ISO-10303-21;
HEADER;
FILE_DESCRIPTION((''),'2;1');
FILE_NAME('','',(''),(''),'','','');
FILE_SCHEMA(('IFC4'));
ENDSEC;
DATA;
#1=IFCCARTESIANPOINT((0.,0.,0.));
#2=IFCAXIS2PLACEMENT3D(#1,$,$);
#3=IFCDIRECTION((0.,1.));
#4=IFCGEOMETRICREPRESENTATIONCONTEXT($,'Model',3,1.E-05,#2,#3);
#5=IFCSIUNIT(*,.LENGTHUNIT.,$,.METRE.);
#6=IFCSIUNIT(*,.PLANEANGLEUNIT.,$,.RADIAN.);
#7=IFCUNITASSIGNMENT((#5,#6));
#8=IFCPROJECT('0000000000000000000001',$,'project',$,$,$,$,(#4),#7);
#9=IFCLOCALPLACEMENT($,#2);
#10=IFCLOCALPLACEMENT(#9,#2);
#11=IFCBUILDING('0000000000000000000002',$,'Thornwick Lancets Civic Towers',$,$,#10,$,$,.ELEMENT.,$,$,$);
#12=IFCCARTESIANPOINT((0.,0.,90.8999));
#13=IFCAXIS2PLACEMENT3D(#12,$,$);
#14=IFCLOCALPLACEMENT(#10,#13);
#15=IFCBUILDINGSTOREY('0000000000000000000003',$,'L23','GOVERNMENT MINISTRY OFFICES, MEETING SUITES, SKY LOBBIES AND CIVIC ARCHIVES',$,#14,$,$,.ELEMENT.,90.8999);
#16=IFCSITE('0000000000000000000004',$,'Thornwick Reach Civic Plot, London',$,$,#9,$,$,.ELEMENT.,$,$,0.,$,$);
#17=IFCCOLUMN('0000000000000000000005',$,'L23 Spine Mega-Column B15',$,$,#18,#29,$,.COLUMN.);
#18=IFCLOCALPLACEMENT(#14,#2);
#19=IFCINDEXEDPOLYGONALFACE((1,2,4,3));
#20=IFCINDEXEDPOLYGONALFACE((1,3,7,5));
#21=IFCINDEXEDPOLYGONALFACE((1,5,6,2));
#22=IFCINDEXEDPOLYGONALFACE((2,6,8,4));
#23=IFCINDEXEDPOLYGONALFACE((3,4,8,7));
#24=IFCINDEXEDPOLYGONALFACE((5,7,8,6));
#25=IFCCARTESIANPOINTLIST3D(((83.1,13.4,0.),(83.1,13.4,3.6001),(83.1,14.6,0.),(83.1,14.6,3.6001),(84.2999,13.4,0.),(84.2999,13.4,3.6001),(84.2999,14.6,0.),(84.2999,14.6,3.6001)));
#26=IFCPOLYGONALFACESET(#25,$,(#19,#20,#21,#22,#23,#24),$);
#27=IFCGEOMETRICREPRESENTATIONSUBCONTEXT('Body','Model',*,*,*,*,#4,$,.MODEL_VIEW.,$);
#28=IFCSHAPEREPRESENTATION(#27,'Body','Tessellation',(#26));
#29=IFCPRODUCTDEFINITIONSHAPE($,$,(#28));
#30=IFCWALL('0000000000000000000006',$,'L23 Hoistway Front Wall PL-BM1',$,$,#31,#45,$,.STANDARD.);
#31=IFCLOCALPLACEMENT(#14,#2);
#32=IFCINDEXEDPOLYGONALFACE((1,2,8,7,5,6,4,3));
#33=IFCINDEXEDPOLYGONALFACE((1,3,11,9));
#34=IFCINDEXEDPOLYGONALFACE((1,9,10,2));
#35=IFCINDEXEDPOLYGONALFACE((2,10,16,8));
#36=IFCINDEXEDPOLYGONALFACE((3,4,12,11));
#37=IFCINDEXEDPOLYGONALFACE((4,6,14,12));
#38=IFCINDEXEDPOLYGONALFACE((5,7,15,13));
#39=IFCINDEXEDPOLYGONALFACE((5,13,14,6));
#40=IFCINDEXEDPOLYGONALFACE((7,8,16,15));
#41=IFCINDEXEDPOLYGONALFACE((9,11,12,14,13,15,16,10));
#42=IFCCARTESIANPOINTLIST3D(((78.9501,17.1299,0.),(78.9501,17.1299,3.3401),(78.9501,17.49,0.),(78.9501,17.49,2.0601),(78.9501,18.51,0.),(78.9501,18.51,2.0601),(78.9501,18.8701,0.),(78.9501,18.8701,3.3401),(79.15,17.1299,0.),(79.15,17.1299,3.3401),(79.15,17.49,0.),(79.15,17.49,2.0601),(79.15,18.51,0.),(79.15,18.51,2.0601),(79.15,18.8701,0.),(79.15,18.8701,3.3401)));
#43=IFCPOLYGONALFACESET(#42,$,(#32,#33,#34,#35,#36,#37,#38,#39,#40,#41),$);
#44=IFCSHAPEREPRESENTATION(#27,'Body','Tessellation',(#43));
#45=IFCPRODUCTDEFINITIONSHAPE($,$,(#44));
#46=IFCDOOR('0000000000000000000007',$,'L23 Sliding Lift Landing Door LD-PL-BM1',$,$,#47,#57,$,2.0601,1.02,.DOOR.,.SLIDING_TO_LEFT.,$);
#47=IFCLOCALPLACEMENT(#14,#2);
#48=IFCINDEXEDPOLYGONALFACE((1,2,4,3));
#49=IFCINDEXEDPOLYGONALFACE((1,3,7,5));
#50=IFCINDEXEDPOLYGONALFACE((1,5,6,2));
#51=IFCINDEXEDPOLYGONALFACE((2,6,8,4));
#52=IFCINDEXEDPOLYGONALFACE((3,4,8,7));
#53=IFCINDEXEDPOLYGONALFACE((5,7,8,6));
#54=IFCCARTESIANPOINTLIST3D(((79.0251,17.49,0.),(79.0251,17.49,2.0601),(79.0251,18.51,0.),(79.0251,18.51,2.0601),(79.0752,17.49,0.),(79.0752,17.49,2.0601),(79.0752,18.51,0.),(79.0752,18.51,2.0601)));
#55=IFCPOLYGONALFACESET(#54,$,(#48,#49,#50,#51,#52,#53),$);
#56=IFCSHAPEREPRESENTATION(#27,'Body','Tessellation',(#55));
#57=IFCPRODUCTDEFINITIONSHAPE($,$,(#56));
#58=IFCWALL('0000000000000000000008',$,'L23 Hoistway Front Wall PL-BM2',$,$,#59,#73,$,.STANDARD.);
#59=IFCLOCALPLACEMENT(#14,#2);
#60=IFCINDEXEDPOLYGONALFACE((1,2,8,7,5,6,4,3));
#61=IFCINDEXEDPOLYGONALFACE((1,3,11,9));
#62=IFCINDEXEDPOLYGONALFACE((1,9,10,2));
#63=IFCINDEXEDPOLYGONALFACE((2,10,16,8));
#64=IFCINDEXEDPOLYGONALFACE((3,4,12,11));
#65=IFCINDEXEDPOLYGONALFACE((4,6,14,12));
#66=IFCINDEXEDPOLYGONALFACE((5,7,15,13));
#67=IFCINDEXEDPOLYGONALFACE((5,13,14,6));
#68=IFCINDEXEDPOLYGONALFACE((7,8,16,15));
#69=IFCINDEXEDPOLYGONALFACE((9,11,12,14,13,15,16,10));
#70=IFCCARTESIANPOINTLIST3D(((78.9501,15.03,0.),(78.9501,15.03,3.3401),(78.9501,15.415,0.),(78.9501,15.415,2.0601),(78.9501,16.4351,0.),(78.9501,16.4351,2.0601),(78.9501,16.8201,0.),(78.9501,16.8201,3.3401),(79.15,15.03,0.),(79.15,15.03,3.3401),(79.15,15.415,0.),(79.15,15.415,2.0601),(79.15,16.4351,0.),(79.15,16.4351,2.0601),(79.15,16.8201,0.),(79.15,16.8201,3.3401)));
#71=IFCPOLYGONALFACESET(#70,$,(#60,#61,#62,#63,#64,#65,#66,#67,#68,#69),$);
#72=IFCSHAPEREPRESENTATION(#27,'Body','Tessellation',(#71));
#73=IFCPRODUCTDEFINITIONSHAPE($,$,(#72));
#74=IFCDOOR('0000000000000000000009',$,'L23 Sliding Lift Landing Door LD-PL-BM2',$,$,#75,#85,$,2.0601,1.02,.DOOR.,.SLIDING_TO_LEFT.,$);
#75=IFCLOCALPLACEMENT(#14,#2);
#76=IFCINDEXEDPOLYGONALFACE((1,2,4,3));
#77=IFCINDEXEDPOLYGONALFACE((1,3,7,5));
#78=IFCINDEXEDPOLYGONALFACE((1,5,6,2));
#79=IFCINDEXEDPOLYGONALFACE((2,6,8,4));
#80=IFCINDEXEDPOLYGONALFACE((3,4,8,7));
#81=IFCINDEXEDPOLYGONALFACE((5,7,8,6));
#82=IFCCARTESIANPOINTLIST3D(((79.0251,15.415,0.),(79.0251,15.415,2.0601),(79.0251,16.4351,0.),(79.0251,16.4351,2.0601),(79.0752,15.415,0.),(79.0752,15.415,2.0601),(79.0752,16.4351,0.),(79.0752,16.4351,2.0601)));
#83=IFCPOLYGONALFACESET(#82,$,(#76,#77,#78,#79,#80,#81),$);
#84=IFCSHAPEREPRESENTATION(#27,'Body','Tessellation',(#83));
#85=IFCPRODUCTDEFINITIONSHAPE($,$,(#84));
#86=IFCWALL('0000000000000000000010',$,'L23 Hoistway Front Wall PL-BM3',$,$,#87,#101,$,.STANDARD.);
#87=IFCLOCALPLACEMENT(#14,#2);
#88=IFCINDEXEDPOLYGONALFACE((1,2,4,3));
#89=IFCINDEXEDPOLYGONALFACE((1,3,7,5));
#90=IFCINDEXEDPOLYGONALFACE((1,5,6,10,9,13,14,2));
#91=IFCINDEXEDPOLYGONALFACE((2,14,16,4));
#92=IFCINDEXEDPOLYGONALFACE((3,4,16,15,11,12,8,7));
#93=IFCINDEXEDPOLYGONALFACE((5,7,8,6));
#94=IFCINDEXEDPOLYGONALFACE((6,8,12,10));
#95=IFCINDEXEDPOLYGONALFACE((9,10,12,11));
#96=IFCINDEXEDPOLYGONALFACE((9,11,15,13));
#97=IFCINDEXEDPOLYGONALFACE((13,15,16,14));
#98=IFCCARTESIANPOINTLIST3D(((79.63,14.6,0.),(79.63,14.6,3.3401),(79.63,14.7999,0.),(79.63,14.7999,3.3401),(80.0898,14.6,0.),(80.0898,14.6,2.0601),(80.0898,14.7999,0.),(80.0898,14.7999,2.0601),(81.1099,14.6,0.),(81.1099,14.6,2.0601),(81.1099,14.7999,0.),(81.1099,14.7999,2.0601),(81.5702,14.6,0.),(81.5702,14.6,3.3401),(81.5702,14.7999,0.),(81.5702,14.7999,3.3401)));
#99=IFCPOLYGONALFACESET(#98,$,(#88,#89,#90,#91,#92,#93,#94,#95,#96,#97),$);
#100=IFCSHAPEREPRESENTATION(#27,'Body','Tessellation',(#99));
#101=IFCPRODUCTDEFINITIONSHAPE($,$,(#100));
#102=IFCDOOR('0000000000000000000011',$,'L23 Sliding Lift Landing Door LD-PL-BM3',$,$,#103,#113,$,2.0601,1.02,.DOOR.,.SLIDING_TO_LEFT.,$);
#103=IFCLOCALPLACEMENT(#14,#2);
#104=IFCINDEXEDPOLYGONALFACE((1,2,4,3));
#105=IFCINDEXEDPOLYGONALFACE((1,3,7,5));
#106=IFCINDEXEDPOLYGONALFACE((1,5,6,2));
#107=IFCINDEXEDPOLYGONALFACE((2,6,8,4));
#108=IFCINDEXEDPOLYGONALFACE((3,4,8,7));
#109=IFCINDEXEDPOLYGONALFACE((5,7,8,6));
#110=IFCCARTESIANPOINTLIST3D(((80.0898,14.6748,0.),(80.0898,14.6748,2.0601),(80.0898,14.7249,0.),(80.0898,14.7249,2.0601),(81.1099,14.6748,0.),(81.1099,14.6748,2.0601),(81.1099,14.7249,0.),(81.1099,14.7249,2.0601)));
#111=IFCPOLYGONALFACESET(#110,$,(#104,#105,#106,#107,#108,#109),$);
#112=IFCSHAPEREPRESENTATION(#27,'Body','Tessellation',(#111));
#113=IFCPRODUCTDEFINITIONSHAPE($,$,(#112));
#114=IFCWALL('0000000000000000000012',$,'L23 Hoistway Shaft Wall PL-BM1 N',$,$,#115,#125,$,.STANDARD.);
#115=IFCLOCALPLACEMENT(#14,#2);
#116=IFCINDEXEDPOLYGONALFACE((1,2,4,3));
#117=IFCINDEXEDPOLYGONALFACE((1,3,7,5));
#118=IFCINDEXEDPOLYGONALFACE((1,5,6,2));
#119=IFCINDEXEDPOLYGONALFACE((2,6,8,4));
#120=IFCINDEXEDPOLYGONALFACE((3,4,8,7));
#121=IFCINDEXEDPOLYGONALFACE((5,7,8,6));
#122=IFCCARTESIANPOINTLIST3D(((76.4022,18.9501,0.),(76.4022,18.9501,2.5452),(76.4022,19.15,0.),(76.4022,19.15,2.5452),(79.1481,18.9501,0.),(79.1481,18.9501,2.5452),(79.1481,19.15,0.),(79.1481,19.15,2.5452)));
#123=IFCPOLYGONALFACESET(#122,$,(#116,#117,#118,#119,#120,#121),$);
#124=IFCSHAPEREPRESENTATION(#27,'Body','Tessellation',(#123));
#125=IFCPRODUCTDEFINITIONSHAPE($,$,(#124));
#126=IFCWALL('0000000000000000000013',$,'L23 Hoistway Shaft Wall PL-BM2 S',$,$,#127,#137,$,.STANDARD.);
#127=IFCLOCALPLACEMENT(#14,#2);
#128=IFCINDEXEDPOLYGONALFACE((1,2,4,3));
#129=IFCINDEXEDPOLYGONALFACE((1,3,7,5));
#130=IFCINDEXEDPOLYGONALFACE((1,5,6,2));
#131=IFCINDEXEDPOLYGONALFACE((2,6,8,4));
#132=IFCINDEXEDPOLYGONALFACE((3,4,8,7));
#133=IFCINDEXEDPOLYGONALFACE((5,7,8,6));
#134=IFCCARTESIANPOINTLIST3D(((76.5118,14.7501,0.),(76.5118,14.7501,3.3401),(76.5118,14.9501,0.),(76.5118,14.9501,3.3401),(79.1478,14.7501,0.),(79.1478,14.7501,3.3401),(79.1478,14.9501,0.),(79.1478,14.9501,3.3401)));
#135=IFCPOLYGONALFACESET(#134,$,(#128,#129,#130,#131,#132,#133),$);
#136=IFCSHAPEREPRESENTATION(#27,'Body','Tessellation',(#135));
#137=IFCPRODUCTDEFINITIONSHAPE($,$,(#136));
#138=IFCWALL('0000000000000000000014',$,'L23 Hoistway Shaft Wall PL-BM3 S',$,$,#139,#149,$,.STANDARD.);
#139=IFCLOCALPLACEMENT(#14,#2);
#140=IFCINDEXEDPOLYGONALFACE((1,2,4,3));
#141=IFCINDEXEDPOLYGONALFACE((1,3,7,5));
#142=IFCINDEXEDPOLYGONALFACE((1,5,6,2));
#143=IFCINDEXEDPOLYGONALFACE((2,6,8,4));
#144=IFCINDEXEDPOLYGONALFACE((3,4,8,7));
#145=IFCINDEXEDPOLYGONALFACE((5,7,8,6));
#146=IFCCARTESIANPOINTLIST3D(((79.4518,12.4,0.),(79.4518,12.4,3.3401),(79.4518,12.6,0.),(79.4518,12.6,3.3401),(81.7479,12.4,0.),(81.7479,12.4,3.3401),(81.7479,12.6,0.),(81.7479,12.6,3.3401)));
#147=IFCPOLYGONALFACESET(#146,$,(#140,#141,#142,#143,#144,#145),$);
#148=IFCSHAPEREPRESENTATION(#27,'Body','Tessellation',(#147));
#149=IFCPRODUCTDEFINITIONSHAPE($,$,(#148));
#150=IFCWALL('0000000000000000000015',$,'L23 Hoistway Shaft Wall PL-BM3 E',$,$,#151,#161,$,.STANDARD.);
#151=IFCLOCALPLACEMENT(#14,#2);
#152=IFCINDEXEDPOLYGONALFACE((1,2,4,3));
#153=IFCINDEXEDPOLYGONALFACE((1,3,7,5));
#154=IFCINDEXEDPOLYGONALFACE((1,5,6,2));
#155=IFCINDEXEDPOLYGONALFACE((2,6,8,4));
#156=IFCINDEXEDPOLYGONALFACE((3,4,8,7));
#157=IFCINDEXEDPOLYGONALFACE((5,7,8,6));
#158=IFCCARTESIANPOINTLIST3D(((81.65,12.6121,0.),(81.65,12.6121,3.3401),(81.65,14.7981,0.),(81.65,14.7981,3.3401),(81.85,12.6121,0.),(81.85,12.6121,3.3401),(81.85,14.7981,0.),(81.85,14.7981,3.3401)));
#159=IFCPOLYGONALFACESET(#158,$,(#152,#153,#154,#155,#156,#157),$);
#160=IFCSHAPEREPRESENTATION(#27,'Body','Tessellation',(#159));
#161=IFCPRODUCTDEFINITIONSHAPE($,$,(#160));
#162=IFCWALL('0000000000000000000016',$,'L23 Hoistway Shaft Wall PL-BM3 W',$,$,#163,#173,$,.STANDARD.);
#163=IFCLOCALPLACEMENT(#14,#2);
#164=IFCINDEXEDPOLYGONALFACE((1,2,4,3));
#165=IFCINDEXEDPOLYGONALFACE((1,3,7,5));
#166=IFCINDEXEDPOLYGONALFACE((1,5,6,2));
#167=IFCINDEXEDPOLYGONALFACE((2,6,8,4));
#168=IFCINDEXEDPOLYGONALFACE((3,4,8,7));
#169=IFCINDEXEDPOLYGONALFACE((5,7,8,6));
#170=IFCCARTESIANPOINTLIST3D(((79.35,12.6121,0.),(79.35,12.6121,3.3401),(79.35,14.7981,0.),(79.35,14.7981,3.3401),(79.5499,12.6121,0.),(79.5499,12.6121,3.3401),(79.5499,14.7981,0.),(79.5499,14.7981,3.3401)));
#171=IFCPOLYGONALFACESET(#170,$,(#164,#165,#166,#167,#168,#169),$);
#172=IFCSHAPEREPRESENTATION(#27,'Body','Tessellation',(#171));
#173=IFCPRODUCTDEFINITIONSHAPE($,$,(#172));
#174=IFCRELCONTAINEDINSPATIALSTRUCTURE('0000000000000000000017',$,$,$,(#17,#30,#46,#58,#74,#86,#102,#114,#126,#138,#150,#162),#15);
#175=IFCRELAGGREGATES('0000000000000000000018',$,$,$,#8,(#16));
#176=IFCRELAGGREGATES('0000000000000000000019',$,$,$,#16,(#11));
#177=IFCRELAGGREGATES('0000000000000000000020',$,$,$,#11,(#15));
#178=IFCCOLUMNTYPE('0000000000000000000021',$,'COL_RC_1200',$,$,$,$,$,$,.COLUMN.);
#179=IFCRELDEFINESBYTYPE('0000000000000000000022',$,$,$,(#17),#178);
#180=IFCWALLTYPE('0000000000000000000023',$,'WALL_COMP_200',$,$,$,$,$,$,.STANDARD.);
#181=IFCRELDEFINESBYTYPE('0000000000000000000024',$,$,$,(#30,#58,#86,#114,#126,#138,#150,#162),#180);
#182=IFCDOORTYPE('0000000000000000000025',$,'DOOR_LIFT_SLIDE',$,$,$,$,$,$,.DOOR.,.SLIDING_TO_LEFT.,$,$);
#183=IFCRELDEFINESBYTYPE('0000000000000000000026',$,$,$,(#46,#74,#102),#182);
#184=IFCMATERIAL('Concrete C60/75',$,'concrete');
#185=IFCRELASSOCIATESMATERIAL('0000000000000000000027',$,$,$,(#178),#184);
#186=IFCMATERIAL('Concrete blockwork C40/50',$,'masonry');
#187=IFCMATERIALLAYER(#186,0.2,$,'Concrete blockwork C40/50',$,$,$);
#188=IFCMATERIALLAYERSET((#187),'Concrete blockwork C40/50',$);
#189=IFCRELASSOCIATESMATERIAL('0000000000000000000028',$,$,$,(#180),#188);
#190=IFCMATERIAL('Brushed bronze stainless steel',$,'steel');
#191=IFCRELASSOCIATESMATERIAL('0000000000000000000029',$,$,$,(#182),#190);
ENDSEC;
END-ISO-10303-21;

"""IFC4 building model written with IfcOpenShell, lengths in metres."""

from ifc_helpers import new_model, si_unit, direction, frame, frame_2d, origin, origin_2d, place, context, subcontext, project, spatial, rectangle, extrude, material, layer, layer_set, material_profile, profile_set, type_object, element, fill, save


model = new_model("IFC4")

# Units and contexts
model_context = context("Model", 3, precision=1e-05, world=origin(), true_north=direction((0.0, 1.0)))
body_context = subcontext(model_context, "Body", "Model", "MODEL_VIEW")
ifc_project = project(units=[si_unit("LENGTHUNIT", "METRE"), si_unit("PLANEANGLEUNIT", "RADIAN")], contexts=[model_context])

# Site, building, storey
site_placement = place(None, origin())
site = spatial("IfcSite", under=ifc_project, at=site_placement, Name="Thornwick Reach Civic Plot, London", CompositionType="ELEMENT", RefElevation=0.0)
building_placement = place(site_placement, origin())
building = spatial("IfcBuilding", under=site, at=building_placement, Name="Thornwick Lancets Civic Towers", CompositionType="ELEMENT")
storey_placement = place(building_placement, frame((0.0, 0.0, 90.8999)))
storey = spatial("IfcBuildingStorey", under=building, at=storey_placement, Name="L23", Description="GOVERNMENT MINISTRY OFFICES, MEETING SUITES, SKY LOBBIES AND CIVIC ARCHIVES", CompositionType="ELEMENT", Elevation=90.8999)

# Column
ifc_material_1 = material(Name="Concrete C60/75", Category="concrete")
ifc_material_profile = material_profile(ifc_material_1, rectangle(XDim=1.2, YDim=1.2, at=origin_2d()), Name="RC 1200x1200")
ifc_profile_set = profile_set([ifc_material_profile], Name="Concrete C60/75")
column_type = type_object("IfcColumnType", Name="COL_RC_1200", PredefinedType="COLUMN", material=ifc_profile_set)
column_placement = place(storey_placement, frame((83.7, 14.0, 0.0), z_axis=(0.0, 0.0, 1.0), x_axis=(1.0, 0.0, 0.0)))
element("IfcColumn", 1, at=column_placement, inside=storey, type_object=column_type, Name="L23 Spine Mega-Column B15", PredefinedType="COLUMN", context=body_context, shape_type="SweptSolid", body=[
    extrude(rectangle(XDim=1.2, YDim=1.2, at=origin_2d()), origin(), (0.0, 0.0, 1.0), 3.6001),
])

# Walls, openings, doors
ifc_material_2 = material(Name="Concrete blockwork C40/50", Category="masonry")
ifc_layer_1 = layer(ifc_material_2, 0.2, Name="Concrete blockwork C40/50")
ifc_layer_set_1 = layer_set([ifc_layer_1], Name="Concrete blockwork C40/50")
wall_type_1 = type_object("IfcWallType", Name="WALL_COMP_200", PredefinedType="STANDARD", material=ifc_layer_set_1)
wall_1_placement = place(storey_placement, frame((79.05, 17.1299, 0.0), z_axis=(0.0, 0.0, 1.0), x_axis=(0.0, 1.0, 0.0)))
wall_1 = element("IfcWall", 2, at=wall_1_placement, inside=storey, type_object=wall_type_1, Name="L23 Hoistway Front Wall PL-BM1", PredefinedType="STANDARD", context=body_context, shape_type="SweptSolid", body=[
    extrude(rectangle(XDim=1.7402, YDim=0.2, at=frame_2d((0.8701, 0.0))), origin(), (0.0, 0.0, 1.0), 3.3401),
])
opening_1_placement = place(wall_1_placement, frame((0.3601, 0.0, 0.0)))
opening_1 = element("IfcOpeningElement", 3, at=opening_1_placement, cuts=wall_1, PredefinedType="OPENING", context=body_context, shape_type="SweptSolid", body=[
    extrude(rectangle(XDim=1.02, YDim=2.0601, at=frame_2d((0.51, 1.03))), frame((0.0, 0.1099, 0.0), z_axis=(0.0, -1.0, 0.0), x_axis=(1.0, 0.0, 0.0)), (0.0, 0.0, 1.0), 0.22),
])
ifc_material_3 = material(Name="Brushed bronze stainless steel", Category="steel")
door_type_1 = type_object("IfcDoorType", Name="DOOR_LIFT_SLIDE", OperationType="SLIDING_TO_LEFT", PredefinedType="DOOR", material=ifc_material_3)
door_1_placement = place(opening_1_placement, origin())
door_1 = element("IfcDoor", 4, at=door_1_placement, inside=storey, type_object=door_type_1, Name="L23 Sliding Lift Landing Door LD-PL-BM1", OperationType="SLIDING_TO_LEFT", OverallHeight=2.0601, OverallWidth=1.02, PredefinedType="DOOR", context=body_context, shape_type="SweptSolid", body=[
    extrude(rectangle(XDim=1.02, YDim=2.0601, at=frame_2d((0.51, 1.03))), frame((0.0, 0.0249, 0.0), z_axis=(0.0, -1.0, 0.0), x_axis=(1.0, 0.0, 0.0)), (0.0, 0.0, 1.0), 0.05),
])
fill(opening_1, door_1)
wall_2_placement = place(storey_placement, frame((79.05, 15.03, 0.0), z_axis=(0.0, 0.0, 1.0), x_axis=(0.0, 1.0, 0.0)))
wall_2 = element("IfcWall", 5, at=wall_2_placement, inside=storey, type_object=wall_type_1, Name="L23 Hoistway Front Wall PL-BM2", PredefinedType="STANDARD", context=body_context, shape_type="SweptSolid", body=[
    extrude(rectangle(XDim=1.79, YDim=0.2, at=frame_2d((0.895, 0.0))), origin(), (0.0, 0.0, 1.0), 3.3401),
])
opening_2_placement = place(wall_2_placement, frame((0.385, 0.0, 0.0)))
opening_2 = element("IfcOpeningElement", 6, at=opening_2_placement, cuts=wall_2, PredefinedType="OPENING", context=body_context, shape_type="SweptSolid", body=[
    extrude(rectangle(XDim=1.02, YDim=2.0601, at=frame_2d((0.51, 1.03))), frame((0.0, 0.1099, 0.0), z_axis=(0.0, -1.0, 0.0), x_axis=(1.0, 0.0, 0.0)), (0.0, 0.0, 1.0), 0.22),
])
door_2_placement = place(opening_2_placement, origin())
door_2 = element("IfcDoor", 7, at=door_2_placement, inside=storey, type_object=door_type_1, Name="L23 Sliding Lift Landing Door LD-PL-BM2", OperationType="SLIDING_TO_LEFT", OverallHeight=2.0601, OverallWidth=1.02, PredefinedType="DOOR", context=body_context, shape_type="SweptSolid", body=[
    extrude(rectangle(XDim=1.02, YDim=2.0601, at=frame_2d((0.51, 1.03))), frame((0.0, 0.0249, 0.0), z_axis=(0.0, -1.0, 0.0), x_axis=(1.0, 0.0, 0.0)), (0.0, 0.0, 1.0), 0.05),
])
fill(opening_2, door_2)
wall_3_placement = place(storey_placement, frame((79.6299, 14.7, 0.0), z_axis=(0.0, 0.0, 1.0), x_axis=(1.0, 0.0, 0.0)))
wall_3 = element("IfcWall", 8, at=wall_3_placement, inside=storey, type_object=wall_type_1, Name="L23 Hoistway Front Wall PL-BM3", PredefinedType="STANDARD", context=body_context, shape_type="SweptSolid", body=[
    extrude(rectangle(XDim=1.9402, YDim=0.2, at=frame_2d((0.9702, 0.0))), origin(), (0.0, 0.0, 1.0), 3.3401),
])
opening_3_placement = place(wall_3_placement, frame((0.46, 0.0, 0.0)))
opening_3 = element("IfcOpeningElement", 9, at=opening_3_placement, cuts=wall_3, PredefinedType="OPENING", context=body_context, shape_type="SweptSolid", body=[
    extrude(rectangle(XDim=1.02, YDim=2.0601, at=frame_2d((0.51, 1.03))), frame((0.0, 0.1099, 0.0), z_axis=(0.0, -1.0, 0.0), x_axis=(1.0, 0.0, 0.0)), (0.0, 0.0, 1.0), 0.22),
])
door_3_placement = place(opening_3_placement, origin())
door_3 = element("IfcDoor", 10, at=door_3_placement, inside=storey, type_object=door_type_1, Name="L23 Sliding Lift Landing Door LD-PL-BM3", OperationType="SLIDING_TO_LEFT", OverallHeight=2.0601, OverallWidth=1.02, PredefinedType="DOOR", context=body_context, shape_type="SweptSolid", body=[
    extrude(rectangle(XDim=1.02, YDim=2.0601, at=frame_2d((0.51, 1.03))), frame((0.0, 0.0249, 0.0), z_axis=(0.0, -1.0, 0.0), x_axis=(1.0, 0.0, 0.0)), (0.0, 0.0, 1.0), 0.05),
])
fill(opening_3, door_3)

# Walls
wall_4_placement = place(storey_placement, frame((76.4021, 19.05, 0.0), z_axis=(0.0, 0.0, 1.0), x_axis=(1.0, 0.0, 0.0)))
element("IfcWall", 11, at=wall_4_placement, inside=storey, type_object=wall_type_1, Name="L23 Hoistway Shaft Wall PL-BM1 N", PredefinedType="STANDARD", context=body_context, shape_type="SweptSolid", body=[
    extrude(rectangle(XDim=2.7458, YDim=0.2, at=frame_2d((1.373, 0.0))), origin(), (0.0, 0.0, 1.0), 2.5452),
])
wall_5_placement = place(storey_placement, frame((76.512, 14.8501, 0.0), z_axis=(0.0, 0.0, 1.0), x_axis=(1.0, 0.0, 0.0)))
element("IfcWall", 12, at=wall_5_placement, inside=storey, type_object=wall_type_1, Name="L23 Hoistway Shaft Wall PL-BM2 S", PredefinedType="STANDARD", context=body_context, shape_type="SweptSolid", body=[
    extrude(rectangle(XDim=2.636, YDim=0.2, at=frame_2d((1.3179, 0.0))), origin(), (0.0, 0.0, 1.0), 3.3401),
])
wall_6_placement = place(storey_placement, frame((79.4519, 12.5, 0.0), z_axis=(0.0, 0.0, 1.0), x_axis=(1.0, 0.0, 0.0)))
element("IfcWall", 13, at=wall_6_placement, inside=storey, type_object=wall_type_1, Name="L23 Hoistway Shaft Wall PL-BM3 S", PredefinedType="STANDARD", context=body_context, shape_type="SweptSolid", body=[
    extrude(rectangle(XDim=2.2961, YDim=0.2, at=frame_2d((1.1479, 0.0))), origin(), (0.0, 0.0, 1.0), 3.3401),
])
for number, where, z_axis, x_axis, name in (
    (14, (81.75, 12.6121, 0.0), (0.0, 0.0, 1.0), (0.0, 1.0, 0.0), "L23 Hoistway Shaft Wall PL-BM3 E"),
    (15, (79.45, 12.6121, 0.0), (0.0, 0.0, 1.0), (0.0, 1.0, 0.0), "L23 Hoistway Shaft Wall PL-BM3 W"),
):
    element("IfcWall", number, at=place(storey_placement, frame(where, z_axis=z_axis, x_axis=x_axis)), inside=storey, type_object=wall_type_1, Name=name, PredefinedType="STANDARD", context=body_context, shape_type="SweptSolid", body=[
        extrude(rectangle(XDim=2.186, YDim=0.2, at=frame_2d((1.093, 0.0))), origin(), (0.0, 0.0, 1.0), 3.3401),
    ])

save(model, "model.ifc")
